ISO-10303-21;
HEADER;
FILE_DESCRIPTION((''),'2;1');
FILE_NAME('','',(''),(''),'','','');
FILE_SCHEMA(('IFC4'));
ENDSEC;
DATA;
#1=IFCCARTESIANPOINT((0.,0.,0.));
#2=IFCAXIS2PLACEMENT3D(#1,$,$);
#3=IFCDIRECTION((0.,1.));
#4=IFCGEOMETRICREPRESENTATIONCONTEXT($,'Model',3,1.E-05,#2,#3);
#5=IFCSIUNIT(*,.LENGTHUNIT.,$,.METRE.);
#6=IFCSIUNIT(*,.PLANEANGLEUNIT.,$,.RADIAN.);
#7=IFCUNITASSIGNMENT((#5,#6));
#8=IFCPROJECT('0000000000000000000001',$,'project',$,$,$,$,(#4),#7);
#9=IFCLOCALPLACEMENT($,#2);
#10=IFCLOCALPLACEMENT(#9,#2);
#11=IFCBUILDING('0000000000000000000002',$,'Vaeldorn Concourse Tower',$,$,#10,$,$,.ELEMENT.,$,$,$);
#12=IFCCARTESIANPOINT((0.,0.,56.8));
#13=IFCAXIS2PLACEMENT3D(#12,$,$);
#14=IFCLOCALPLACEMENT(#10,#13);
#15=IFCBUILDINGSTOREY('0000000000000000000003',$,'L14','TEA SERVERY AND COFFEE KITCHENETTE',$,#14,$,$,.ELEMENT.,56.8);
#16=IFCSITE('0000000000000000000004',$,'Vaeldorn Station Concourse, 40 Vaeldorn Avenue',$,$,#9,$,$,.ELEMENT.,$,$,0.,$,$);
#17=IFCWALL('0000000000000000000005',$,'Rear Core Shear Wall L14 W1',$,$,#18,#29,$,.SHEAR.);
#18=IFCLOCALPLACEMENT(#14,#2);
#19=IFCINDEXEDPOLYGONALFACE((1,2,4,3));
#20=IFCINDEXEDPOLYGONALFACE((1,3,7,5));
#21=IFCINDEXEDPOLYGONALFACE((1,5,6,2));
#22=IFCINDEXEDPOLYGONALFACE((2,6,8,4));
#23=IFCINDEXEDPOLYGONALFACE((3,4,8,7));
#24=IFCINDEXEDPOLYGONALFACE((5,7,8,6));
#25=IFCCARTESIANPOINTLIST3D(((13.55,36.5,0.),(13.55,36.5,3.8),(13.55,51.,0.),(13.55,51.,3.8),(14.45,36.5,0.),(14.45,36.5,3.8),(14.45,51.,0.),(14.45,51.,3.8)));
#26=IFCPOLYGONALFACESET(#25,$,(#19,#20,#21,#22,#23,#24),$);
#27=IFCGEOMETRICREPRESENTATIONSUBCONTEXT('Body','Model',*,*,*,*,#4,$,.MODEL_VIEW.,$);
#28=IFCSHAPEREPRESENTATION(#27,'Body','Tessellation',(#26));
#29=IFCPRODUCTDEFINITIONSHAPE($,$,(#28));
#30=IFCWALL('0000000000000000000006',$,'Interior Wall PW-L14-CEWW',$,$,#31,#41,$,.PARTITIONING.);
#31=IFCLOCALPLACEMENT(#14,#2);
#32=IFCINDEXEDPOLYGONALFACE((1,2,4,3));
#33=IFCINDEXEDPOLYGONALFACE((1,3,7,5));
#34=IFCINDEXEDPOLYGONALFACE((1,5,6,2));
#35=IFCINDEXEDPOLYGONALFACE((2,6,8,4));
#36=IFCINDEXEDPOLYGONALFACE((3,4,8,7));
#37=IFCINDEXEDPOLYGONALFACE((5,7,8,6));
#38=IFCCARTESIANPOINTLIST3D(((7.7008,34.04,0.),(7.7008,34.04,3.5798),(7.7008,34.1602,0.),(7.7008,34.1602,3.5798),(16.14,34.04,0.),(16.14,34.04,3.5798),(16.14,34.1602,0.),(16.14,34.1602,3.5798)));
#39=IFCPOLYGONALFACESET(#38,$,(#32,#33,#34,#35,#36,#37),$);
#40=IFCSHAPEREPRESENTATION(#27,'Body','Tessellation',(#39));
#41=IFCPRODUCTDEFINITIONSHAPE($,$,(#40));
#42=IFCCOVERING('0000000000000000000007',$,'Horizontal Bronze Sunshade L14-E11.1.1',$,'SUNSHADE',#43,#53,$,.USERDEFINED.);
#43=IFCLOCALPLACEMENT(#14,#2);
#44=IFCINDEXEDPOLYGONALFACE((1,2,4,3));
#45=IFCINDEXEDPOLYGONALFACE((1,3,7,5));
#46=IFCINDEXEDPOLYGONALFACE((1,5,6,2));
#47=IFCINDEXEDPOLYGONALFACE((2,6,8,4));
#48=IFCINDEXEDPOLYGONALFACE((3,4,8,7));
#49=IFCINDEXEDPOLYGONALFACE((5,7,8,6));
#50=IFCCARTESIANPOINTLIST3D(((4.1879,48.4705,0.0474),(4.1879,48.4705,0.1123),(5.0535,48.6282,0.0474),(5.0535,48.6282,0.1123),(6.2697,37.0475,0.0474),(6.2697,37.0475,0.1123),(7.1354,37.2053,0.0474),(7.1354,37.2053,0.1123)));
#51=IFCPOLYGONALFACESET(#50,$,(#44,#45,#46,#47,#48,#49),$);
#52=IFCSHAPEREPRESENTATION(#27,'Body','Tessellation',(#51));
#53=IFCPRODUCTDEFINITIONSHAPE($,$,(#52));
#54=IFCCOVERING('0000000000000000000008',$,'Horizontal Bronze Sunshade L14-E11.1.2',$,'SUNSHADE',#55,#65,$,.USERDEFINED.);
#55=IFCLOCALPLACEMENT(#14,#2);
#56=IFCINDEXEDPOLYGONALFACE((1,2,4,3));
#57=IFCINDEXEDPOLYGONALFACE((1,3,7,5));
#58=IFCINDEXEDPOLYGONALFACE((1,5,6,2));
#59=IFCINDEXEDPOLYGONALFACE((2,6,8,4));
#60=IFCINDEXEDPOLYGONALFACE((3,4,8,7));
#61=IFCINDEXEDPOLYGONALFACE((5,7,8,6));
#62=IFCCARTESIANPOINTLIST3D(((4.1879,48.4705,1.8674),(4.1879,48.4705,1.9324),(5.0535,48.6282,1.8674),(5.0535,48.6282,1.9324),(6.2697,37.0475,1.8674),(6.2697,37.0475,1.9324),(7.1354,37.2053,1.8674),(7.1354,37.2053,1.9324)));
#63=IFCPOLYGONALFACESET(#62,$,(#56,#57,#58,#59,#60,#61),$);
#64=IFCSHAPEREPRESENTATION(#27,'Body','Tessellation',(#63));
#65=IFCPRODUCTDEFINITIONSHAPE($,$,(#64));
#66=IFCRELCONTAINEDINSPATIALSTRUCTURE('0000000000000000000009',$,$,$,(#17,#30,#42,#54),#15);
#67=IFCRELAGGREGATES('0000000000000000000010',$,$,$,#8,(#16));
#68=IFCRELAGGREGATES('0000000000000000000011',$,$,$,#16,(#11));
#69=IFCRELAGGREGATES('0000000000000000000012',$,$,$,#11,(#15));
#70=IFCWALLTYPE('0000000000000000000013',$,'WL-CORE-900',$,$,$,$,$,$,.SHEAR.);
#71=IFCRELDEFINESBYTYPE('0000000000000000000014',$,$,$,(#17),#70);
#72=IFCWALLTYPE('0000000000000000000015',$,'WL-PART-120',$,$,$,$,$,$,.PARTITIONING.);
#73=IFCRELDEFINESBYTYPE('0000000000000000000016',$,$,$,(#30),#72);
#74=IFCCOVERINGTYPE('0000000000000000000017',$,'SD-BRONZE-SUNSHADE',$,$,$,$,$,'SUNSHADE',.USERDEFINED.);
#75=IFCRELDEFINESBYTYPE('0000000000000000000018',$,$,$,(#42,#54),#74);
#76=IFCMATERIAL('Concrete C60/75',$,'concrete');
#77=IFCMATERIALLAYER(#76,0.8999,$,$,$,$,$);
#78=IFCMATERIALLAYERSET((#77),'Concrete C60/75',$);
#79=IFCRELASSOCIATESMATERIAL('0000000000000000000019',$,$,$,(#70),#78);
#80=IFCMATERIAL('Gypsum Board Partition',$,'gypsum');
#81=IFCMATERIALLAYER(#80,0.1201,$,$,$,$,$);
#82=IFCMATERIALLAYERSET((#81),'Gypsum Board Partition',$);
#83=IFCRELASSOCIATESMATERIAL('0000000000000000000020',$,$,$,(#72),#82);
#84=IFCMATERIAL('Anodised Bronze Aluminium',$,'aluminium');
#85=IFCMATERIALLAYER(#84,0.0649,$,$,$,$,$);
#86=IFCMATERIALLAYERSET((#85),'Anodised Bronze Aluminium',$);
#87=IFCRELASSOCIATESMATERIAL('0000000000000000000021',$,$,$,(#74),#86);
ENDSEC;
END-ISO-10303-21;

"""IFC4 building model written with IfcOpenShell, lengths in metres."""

from ifc_helpers import new_model, si_unit, direction, frame, frame_2d, origin, origin_2d, place, context, subcontext, project, spatial, rectangle, extrude, source, transform, mapped, material, layer, layer_set, type_object, element, save


model = new_model("IFC4")

# Units and contexts
model_context = context("Model", 3, precision=1e-05, world=origin(), true_north=direction((0.0, 1.0)))
body_context = subcontext(model_context, "Body", "Model", "MODEL_VIEW")
ifc_project = project(units=[si_unit("LENGTHUNIT", "METRE"), si_unit("PLANEANGLEUNIT", "RADIAN")], contexts=[model_context])

# Site, building, storey
site_placement = place(None, origin())
site = spatial("IfcSite", under=ifc_project, at=site_placement, Name="Vaeldorn Station Concourse, 40 Vaeldorn Avenue", CompositionType="ELEMENT", RefElevation=0.0)
building_placement = place(site_placement, origin())
building = spatial("IfcBuilding", under=site, at=building_placement, Name="Vaeldorn Concourse Tower", CompositionType="ELEMENT")
storey_placement = place(building_placement, frame((0.0, 0.0, 56.8)))
storey = spatial("IfcBuildingStorey", under=building, at=storey_placement, Name="L14", Description="TEA SERVERY AND COFFEE KITCHENETTE", CompositionType="ELEMENT", Elevation=56.8)

# Shared definitions
ifc_material_1 = material(Name="Concrete C60/75", Category="concrete")

# Shared definitions
ifc_material_2 = material(Name="Anodised Bronze Aluminium", Category="aluminium")

# Walls
ifc_layer_1 = layer(ifc_material_1, 0.8999)
ifc_layer_set_1 = layer_set([ifc_layer_1], Name="Concrete C60/75")
wall_type_1 = type_object("IfcWallType", Name="WL-CORE-900", PredefinedType="SHEAR", material=ifc_layer_set_1)
wall_1_placement = place(storey_placement, frame((14.0, 36.5, 0.0), z_axis=(0.0, 0.0, 1.0), x_axis=(0.0, 1.0, 0.0)))
element("IfcWall", 1, at=wall_1_placement, inside=storey, type_object=wall_type_1, Name="Rear Core Shear Wall L14 W1", PredefinedType="SHEAR", context=body_context, shape_type="SweptSolid", body=[
    extrude(rectangle(XDim=14.5, YDim=0.8999, at=frame_2d((7.25, 0.0))), origin(), (0.0, 0.0, 1.0), 3.8),
])
ifc_material_3 = material(Name="Gypsum Board Partition", Category="gypsum")
ifc_layer_2 = layer(ifc_material_3, 0.1201)
ifc_layer_set_2 = layer_set([ifc_layer_2], Name="Gypsum Board Partition")
wall_type_2 = type_object("IfcWallType", Name="WL-PART-120", PredefinedType="PARTITIONING", material=ifc_layer_set_2)
wall_2_placement = place(storey_placement, frame((7.7007, 34.1001, 0.0), z_axis=(0.0, 0.0, 1.0), x_axis=(1.0, 0.0, 0.0)))
element("IfcWall", 2, at=wall_2_placement, inside=storey, type_object=wall_type_2, Name="Interior Wall PW-L14-CEWW", PredefinedType="PARTITIONING", context=body_context, shape_type="SweptSolid", body=[
    extrude(rectangle(XDim=8.4392, YDim=0.1201, at=frame_2d((4.2197, 0.0))), origin(), (0.0, 0.0, 1.0), 3.5798),
])

# Coverings
ifc_layer_3 = layer(ifc_material_2, 0.0649)
ifc_layer_set_3 = layer_set([ifc_layer_3], Name="Anodised Bronze Aluminium")
covering_type = type_object("IfcCoveringType", Name="SD-BRONZE-SUNSHADE", ElementType="SUNSHADE", PredefinedType="USERDEFINED", material=ifc_layer_set_3)
shared_shape_1 = source(origin(), body_context, "Body", "SweptSolid", [
    extrude(rectangle(XDim=11.6111, YDim=0.8799, at=origin_2d()), origin(), (0.0, 0.0, 1.0), 0.0649),
])
for number, where, z_axis, x_axis, name in (
    (3, (5.6616, 42.8379, 0.0474), (0.0, 0.0, 1.0), (0.1793, -0.983794, 0.0), "Horizontal Bronze Sunshade L14-E11.1.1"),
    (4, (5.6616, 42.8379, 1.8674), (0.0, 0.0, 1.0), (0.1793, -0.983794, 0.0), "Horizontal Bronze Sunshade L14-E11.1.2"),
):
    element("IfcCovering", number, at=place(storey_placement, frame(where, z_axis=z_axis, x_axis=x_axis)), inside=storey, type_object=covering_type, Name=name, ObjectType="SUNSHADE", PredefinedType="USERDEFINED", context=body_context, shape_type="MappedRepresentation", body=[
        mapped(shared_shape_1, transform((0.0, 0.0, 0.0), scale=1.0)),
    ])

save(model, "model.ifc")
